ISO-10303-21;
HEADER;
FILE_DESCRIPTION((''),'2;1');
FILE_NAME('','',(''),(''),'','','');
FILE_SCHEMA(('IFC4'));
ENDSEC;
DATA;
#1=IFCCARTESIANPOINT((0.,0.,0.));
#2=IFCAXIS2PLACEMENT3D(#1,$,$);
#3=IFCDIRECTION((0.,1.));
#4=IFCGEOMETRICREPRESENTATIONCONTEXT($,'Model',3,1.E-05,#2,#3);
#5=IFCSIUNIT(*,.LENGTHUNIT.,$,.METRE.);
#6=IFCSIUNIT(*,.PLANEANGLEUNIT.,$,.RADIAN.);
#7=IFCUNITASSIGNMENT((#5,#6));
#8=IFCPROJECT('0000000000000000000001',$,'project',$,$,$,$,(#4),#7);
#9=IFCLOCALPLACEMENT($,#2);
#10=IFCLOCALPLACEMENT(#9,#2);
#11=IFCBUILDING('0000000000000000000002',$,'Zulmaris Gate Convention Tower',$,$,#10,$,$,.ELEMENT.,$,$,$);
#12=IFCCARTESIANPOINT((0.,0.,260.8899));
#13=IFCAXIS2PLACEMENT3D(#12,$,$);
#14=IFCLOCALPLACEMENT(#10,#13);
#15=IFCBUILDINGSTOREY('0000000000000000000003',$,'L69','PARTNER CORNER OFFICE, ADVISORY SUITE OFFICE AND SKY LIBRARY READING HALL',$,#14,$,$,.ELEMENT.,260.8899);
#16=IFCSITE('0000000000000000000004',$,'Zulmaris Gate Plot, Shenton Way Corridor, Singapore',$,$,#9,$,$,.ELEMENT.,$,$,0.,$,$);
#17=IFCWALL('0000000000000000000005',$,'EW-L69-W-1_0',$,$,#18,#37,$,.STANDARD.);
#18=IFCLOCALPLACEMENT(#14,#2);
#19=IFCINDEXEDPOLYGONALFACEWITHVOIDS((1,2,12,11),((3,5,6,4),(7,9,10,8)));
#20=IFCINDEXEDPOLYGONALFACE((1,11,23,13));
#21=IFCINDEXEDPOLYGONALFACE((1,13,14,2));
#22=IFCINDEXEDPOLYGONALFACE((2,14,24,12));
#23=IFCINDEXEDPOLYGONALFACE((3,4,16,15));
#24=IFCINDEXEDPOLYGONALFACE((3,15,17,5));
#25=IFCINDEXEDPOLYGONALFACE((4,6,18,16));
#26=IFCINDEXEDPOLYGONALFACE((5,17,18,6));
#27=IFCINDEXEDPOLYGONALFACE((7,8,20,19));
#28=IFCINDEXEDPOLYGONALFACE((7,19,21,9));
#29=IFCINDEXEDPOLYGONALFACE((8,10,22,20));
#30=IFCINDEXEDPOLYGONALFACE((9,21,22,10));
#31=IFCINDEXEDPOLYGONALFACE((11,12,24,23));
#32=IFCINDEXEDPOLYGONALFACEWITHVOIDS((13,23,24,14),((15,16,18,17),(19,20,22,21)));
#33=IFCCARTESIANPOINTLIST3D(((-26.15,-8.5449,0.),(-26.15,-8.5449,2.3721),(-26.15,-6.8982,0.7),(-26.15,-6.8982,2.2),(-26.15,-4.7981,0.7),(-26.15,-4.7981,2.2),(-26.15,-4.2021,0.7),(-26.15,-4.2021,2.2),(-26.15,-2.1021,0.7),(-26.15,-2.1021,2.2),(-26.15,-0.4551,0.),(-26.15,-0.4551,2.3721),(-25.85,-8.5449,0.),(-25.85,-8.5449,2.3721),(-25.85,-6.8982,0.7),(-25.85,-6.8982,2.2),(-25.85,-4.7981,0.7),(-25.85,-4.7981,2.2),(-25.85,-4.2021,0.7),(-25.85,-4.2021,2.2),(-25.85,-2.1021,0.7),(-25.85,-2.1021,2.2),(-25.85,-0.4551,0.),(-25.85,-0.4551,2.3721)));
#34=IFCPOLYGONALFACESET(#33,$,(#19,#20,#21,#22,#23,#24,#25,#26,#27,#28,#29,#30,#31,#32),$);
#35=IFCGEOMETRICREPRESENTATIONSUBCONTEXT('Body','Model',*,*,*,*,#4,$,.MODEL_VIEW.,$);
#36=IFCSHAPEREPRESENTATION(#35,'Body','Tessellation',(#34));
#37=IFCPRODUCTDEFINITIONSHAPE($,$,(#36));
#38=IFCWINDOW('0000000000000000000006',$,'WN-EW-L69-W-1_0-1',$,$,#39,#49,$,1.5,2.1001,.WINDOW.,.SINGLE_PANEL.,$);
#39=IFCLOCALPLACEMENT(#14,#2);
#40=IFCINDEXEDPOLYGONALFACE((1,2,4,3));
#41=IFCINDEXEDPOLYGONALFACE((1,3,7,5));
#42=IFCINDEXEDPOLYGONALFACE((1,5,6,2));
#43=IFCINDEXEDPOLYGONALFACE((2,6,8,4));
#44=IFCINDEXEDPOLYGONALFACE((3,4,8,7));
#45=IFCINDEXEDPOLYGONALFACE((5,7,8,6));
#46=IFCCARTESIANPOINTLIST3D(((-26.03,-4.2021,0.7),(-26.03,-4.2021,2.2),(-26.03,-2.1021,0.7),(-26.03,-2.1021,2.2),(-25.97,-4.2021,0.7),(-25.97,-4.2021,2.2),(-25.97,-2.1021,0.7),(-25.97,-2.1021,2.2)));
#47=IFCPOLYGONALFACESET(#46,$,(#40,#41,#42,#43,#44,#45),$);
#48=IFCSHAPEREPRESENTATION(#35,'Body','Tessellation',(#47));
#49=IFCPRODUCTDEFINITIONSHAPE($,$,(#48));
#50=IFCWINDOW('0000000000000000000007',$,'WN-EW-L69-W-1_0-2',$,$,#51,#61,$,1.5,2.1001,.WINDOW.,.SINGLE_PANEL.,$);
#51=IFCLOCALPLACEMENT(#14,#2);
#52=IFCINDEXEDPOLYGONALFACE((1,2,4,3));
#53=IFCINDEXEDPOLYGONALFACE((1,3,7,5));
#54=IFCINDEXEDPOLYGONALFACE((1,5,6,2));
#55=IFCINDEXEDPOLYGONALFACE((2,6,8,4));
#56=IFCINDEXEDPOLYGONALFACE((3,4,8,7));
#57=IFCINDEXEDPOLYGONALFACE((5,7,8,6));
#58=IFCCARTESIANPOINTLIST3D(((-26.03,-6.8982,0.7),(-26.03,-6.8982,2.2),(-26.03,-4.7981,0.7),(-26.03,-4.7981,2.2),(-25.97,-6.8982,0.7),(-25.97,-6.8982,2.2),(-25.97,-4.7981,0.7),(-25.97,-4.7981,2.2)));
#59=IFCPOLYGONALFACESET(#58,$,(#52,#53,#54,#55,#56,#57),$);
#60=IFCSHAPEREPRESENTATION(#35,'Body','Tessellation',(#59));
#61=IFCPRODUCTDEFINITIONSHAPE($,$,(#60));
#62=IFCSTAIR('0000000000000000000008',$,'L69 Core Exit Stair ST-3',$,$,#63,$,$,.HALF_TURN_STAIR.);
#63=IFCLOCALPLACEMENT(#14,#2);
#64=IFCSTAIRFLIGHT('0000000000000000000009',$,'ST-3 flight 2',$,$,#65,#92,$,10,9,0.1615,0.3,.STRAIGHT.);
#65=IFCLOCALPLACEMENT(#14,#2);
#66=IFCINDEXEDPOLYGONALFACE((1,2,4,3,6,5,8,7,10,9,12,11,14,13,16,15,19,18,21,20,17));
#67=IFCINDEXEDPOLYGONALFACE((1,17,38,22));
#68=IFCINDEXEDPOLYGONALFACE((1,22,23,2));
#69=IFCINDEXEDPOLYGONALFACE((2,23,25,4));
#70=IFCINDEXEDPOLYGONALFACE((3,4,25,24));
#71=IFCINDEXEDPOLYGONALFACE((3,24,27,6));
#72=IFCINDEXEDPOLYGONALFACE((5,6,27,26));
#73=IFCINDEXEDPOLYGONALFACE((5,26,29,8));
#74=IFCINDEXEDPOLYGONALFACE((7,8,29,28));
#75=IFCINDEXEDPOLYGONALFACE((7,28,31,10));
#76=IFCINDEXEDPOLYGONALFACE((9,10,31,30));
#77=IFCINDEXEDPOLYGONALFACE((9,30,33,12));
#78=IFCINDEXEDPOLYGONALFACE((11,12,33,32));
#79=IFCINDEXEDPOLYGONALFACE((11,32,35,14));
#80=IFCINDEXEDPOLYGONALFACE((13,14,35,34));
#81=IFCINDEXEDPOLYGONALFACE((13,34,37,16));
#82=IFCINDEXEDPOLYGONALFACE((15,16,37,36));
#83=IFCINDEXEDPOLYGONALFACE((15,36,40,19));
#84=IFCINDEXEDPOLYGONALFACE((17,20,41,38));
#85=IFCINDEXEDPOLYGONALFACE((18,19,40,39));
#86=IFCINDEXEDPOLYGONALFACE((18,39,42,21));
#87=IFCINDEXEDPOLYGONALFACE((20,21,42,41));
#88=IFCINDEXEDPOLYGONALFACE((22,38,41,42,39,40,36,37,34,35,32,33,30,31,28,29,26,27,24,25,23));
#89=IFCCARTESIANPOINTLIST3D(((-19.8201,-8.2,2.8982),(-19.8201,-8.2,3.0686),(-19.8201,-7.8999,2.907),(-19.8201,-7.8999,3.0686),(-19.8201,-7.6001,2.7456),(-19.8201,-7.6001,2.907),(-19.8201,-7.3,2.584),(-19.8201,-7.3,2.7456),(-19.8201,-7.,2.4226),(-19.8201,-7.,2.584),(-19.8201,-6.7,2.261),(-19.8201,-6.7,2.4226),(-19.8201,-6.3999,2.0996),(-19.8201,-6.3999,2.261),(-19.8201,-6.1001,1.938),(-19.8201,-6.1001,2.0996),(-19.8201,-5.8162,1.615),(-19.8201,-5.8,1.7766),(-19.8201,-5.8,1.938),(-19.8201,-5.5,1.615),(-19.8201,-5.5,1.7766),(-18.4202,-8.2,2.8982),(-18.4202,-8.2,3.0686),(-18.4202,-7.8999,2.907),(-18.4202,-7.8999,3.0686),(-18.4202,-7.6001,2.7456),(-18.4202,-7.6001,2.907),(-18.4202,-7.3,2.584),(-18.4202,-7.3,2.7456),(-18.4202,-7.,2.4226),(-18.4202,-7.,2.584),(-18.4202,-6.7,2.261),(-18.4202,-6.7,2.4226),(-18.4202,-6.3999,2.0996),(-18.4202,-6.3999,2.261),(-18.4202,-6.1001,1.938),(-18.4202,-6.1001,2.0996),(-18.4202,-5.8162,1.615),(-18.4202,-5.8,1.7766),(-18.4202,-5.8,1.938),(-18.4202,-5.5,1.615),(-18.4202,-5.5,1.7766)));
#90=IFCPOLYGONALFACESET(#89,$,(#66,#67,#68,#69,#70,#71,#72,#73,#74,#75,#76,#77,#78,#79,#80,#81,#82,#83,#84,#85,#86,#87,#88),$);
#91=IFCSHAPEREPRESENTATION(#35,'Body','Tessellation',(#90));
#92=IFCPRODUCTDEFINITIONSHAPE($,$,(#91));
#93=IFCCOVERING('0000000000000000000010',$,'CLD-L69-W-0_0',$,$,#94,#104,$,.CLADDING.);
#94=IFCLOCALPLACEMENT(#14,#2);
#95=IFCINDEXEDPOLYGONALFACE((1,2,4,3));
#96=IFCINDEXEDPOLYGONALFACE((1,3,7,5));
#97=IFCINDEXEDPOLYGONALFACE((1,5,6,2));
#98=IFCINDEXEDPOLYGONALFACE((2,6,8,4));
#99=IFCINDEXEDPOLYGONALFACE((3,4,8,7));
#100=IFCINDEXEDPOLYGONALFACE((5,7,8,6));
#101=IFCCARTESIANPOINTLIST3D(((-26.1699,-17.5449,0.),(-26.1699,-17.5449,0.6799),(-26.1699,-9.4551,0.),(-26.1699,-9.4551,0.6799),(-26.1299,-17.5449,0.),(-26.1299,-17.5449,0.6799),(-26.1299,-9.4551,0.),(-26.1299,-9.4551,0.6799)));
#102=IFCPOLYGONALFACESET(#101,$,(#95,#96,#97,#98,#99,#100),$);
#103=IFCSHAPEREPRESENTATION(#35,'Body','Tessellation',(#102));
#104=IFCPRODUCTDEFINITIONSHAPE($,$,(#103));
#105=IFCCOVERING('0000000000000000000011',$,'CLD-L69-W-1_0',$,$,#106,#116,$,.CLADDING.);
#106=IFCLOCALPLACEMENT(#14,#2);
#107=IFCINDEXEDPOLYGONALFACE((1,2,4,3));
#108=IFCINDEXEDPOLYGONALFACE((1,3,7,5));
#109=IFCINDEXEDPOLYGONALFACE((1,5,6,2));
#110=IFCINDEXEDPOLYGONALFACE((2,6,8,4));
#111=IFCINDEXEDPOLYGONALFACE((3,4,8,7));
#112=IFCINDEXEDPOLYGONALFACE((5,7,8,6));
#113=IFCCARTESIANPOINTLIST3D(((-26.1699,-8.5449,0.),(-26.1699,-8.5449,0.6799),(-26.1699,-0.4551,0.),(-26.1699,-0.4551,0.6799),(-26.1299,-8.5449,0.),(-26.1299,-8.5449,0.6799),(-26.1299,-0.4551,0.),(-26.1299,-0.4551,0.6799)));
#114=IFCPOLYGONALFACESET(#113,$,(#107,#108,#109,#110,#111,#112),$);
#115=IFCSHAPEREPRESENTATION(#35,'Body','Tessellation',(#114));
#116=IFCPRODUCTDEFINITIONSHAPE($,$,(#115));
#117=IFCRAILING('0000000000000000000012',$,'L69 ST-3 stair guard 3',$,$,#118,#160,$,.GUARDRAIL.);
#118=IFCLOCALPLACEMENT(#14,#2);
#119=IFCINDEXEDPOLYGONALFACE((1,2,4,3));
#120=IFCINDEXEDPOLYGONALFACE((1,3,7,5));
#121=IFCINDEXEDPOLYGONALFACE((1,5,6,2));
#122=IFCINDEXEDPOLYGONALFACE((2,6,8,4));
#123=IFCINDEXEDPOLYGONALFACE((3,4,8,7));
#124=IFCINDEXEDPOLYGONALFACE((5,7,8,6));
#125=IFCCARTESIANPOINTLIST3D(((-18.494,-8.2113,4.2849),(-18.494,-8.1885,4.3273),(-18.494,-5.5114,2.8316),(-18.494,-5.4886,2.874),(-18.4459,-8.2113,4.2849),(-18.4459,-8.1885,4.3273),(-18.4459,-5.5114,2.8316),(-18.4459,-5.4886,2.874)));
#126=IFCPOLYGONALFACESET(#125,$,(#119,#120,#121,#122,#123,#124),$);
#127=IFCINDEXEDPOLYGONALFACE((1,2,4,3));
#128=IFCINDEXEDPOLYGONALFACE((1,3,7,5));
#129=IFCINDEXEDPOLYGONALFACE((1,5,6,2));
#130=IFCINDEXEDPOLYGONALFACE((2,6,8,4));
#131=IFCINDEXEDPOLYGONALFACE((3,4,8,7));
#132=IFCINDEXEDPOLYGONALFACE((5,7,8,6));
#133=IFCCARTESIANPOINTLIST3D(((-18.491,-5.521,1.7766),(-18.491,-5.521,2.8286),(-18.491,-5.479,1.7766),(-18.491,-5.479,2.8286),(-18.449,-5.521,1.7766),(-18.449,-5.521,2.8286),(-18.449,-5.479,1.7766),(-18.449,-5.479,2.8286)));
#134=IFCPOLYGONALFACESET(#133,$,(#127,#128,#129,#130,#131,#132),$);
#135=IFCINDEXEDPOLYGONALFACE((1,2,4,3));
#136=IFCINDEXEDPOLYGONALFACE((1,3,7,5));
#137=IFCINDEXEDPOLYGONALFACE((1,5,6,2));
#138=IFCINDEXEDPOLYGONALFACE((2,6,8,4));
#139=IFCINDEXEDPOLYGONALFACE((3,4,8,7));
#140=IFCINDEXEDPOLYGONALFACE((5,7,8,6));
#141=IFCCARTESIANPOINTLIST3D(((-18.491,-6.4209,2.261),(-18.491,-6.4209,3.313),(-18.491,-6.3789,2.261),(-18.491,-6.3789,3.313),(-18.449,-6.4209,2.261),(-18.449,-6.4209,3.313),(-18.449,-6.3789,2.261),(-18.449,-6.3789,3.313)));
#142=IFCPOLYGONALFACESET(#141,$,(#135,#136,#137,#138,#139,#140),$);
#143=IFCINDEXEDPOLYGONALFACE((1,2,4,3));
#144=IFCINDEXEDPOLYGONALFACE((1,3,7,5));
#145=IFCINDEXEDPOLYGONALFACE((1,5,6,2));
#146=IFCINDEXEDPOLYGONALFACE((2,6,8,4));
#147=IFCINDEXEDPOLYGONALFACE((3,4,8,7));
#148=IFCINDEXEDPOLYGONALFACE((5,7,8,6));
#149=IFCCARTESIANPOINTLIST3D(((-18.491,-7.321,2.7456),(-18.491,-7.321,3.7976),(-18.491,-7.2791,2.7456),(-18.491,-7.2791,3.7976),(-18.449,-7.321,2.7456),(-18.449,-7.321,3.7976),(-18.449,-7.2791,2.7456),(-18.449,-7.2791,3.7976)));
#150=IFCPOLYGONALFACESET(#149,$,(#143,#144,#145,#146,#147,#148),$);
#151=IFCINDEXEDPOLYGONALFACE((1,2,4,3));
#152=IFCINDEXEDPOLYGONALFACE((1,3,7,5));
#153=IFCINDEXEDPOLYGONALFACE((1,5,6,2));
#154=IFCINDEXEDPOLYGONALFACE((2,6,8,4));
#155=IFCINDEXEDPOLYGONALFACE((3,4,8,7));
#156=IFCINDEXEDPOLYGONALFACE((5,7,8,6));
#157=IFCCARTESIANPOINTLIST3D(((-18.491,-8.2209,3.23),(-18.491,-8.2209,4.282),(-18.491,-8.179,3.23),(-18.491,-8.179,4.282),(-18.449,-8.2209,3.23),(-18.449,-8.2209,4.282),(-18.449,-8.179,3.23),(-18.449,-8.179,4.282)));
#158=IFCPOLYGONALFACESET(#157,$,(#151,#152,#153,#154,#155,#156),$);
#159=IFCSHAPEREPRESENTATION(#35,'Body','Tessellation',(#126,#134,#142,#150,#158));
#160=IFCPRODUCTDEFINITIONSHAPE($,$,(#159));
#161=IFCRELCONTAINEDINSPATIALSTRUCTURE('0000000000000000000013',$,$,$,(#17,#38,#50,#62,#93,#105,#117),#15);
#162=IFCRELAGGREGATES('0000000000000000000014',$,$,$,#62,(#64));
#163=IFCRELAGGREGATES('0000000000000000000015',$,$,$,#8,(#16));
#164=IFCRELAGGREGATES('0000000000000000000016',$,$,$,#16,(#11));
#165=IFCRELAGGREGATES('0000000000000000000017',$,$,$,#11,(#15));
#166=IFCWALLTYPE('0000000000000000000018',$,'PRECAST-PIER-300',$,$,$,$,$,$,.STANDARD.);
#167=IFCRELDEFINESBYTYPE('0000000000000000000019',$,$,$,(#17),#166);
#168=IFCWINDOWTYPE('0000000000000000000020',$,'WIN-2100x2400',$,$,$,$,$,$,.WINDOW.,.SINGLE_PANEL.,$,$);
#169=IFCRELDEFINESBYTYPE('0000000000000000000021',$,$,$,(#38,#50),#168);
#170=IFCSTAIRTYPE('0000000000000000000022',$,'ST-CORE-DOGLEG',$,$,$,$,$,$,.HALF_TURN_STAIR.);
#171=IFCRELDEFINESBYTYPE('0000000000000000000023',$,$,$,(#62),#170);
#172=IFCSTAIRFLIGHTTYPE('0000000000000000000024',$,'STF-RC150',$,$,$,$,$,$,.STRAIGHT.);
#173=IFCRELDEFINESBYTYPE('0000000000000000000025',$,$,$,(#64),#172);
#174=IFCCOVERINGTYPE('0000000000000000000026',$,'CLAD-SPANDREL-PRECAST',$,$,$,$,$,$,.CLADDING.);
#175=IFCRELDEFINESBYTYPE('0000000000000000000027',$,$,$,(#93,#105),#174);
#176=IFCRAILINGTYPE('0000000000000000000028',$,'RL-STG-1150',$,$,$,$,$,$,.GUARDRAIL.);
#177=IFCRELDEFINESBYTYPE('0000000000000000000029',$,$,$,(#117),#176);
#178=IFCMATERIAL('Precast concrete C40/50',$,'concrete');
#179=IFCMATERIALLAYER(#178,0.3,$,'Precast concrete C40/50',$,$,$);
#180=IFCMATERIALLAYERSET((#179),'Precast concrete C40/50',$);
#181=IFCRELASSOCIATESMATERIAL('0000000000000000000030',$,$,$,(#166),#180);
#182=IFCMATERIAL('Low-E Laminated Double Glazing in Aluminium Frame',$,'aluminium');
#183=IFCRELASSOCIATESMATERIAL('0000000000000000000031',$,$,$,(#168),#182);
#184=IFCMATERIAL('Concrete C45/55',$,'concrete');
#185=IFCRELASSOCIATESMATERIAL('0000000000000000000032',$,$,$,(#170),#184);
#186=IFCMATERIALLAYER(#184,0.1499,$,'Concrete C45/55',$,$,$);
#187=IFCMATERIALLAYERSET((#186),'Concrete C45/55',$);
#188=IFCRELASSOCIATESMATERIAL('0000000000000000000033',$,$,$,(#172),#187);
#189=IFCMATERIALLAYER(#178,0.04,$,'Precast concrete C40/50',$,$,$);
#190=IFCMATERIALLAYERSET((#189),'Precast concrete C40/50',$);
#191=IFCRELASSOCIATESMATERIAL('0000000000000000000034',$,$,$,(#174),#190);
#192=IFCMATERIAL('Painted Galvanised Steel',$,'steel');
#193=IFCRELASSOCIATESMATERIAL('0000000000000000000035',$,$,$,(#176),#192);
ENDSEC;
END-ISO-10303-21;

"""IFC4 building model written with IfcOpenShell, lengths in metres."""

from ifc_helpers import new_model, si_unit, direction, frame, frame_2d, origin, origin_2d, place, context, subcontext, project, spatial, polyline, rectangle, outline, extrude, material, layer, layer_set, type_object, element, fill, aggregate, save


model = new_model("IFC4")

# Units and contexts
model_context = context("Model", 3, precision=1e-05, world=origin(), true_north=direction((0.0, 1.0)))
body_context = subcontext(model_context, "Body", "Model", "MODEL_VIEW")
ifc_project = project(units=[si_unit("LENGTHUNIT", "METRE"), si_unit("PLANEANGLEUNIT", "RADIAN")], contexts=[model_context])

# Site, building, storey
site_placement = place(None, origin())
site = spatial("IfcSite", under=ifc_project, at=site_placement, Name="Zulmaris Gate Plot, Shenton Way Corridor, Singapore", CompositionType="ELEMENT", RefElevation=0.0)
building_placement = place(site_placement, origin())
building = spatial("IfcBuilding", under=site, at=building_placement, Name="Zulmaris Gate Convention Tower", CompositionType="ELEMENT")
storey_placement = place(building_placement, frame((0.0, 0.0, 260.8899)))
storey = spatial("IfcBuildingStorey", under=building, at=storey_placement, Name="L69", Description="PARTNER CORNER OFFICE, ADVISORY SUITE OFFICE AND SKY LIBRARY READING HALL", CompositionType="ELEMENT", Elevation=260.8899)

# Shared definitions
ifc_material_1 = material(Name="Precast concrete C40/50", Category="concrete")
ifc_layer_1 = layer(ifc_material_1, 0.3, Name="Precast concrete C40/50")
ifc_layer_set_1 = layer_set([ifc_layer_1], Name="Precast concrete C40/50")
wall_type_1 = type_object("IfcWallType", Name="PRECAST-PIER-300", PredefinedType="STANDARD", material=ifc_layer_set_1)

# Wall, openings, windows
wall_1_placement = place(storey_placement, frame((-26.0, -0.4551, 0.0), z_axis=(0.0, 0.0, 1.0), x_axis=(0.0, -1.0, 0.0)))
wall_1 = element("IfcWall", 1, at=wall_1_placement, inside=storey, type_object=wall_type_1, Name="EW-L69-W-1_0", PredefinedType="STANDARD", context=body_context, shape_type="SweptSolid", body=[
    extrude(rectangle(XDim=8.0898, YDim=0.3, at=frame_2d((4.0449, 0.0))), origin(), (0.0, 0.0, 1.0), 2.3721),
])
opening_1_placement = place(wall_1_placement, frame((1.647, 0.0, 0.7)))
opening_1 = element("IfcOpeningElement", 2, at=opening_1_placement, cuts=wall_1, PredefinedType="OPENING", context=body_context, shape_type="SweptSolid", body=[
    extrude(rectangle(XDim=2.1001, YDim=1.5, at=frame_2d((1.05, 0.75))), frame((0.0, 0.1602, 0.0), z_axis=(0.0, -1.0, 0.0), x_axis=(1.0, 0.0, 0.0)), (0.0, 0.0, 1.0), 0.3201),
])
opening_2_placement = place(wall_1_placement, frame((4.343, 0.0, 0.7)))
opening_2 = element("IfcOpeningElement", 3, at=opening_2_placement, cuts=wall_1, PredefinedType="OPENING", context=body_context, shape_type="SweptSolid", body=[
    extrude(rectangle(XDim=2.1001, YDim=1.5, at=frame_2d((1.05, 0.75))), frame((0.0, 0.1602, 0.0), z_axis=(0.0, -1.0, 0.0), x_axis=(1.0, 0.0, 0.0)), (0.0, 0.0, 1.0), 0.3201),
])
ifc_material_2 = material(Name="Low-E Laminated Double Glazing in Aluminium Frame", Category="aluminium")
window_type = type_object("IfcWindowType", Name="WIN-2100x2400", PartitioningType="SINGLE_PANEL", PredefinedType="WINDOW", material=ifc_material_2)
window_1_placement = place(opening_1_placement, origin())
window_1 = element("IfcWindow", 4, at=window_1_placement, inside=storey, type_object=window_type, Name="WN-EW-L69-W-1_0-1", OverallHeight=1.5, OverallWidth=2.1001, PartitioningType="SINGLE_PANEL", PredefinedType="WINDOW", context=body_context, shape_type="SweptSolid", body=[
    extrude(rectangle(XDim=2.1001, YDim=1.5, at=frame_2d((1.05, 0.75))), frame((0.0, 0.03, 0.0), z_axis=(0.0, -1.0, 0.0), x_axis=(1.0, 0.0, 0.0)), (0.0, 0.0, 1.0), 0.0601),
])
fill(opening_1, window_1)
window_2_placement = place(opening_2_placement, origin())
window_2 = element("IfcWindow", 5, at=window_2_placement, inside=storey, type_object=window_type, Name="WN-EW-L69-W-1_0-2", OverallHeight=1.5, OverallWidth=2.1001, PartitioningType="SINGLE_PANEL", PredefinedType="WINDOW", context=body_context, shape_type="SweptSolid", body=[
    extrude(rectangle(XDim=2.1001, YDim=1.5, at=frame_2d((1.05, 0.75))), frame((0.0, 0.03, 0.0), z_axis=(0.0, -1.0, 0.0), x_axis=(1.0, 0.0, 0.0)), (0.0, 0.0, 1.0), 0.0601),
])
fill(opening_2, window_2)

# Stair, stair flight
ifc_material_3 = material(Name="Concrete C45/55", Category="concrete")
stair_type = type_object("IfcStairType", Name="ST-CORE-DOGLEG", PredefinedType="HALF_TURN_STAIR", material=ifc_material_3)
stair_placement = place(storey_placement, origin())
stair = element("IfcStair", 6, at=stair_placement, inside=storey, type_object=stair_type, Name="L69 Core Exit Stair ST-3", PredefinedType="HALF_TURN_STAIR")
ifc_layer_2 = layer(ifc_material_3, 0.1499, Name="Concrete C45/55")
ifc_layer_set_2 = layer_set([ifc_layer_2], Name="Concrete C45/55")
stair_flight_type = type_object("IfcStairFlightType", Name="STF-RC150", PredefinedType="STRAIGHT", material=ifc_layer_set_2)
stair_flight_placement = place(storey_placement, frame((-19.1201, -5.5, 1.615), z_axis=(0.0, 0.0, 1.0), x_axis=(0.0, -1.0, 0.0)))
stair_flight = element("IfcStairFlight", 7, at=stair_flight_placement, type_object=stair_flight_type, Name="ST-3 flight 2", NumberOfRisers=10, NumberOfTreads=9, PredefinedType="STRAIGHT", RiserHeight=0.1615, TreadLength=0.3, context=body_context, shape_type="SweptSolid", body=[
    extrude(outline(polyline([(0.0, 0.0), (0.0, 0.1616), (0.3, 0.1616), (0.3, 0.323), (0.6001, 0.323), (0.6001, 0.4846), (0.8999, 0.4846), (0.8999, 0.646), (1.2, 0.646), (1.2, 0.8076), (1.5, 0.8076), (1.5, 0.969), (1.8, 0.969), (1.8, 1.1306), (2.1001, 1.1306), (2.1001, 1.292), (2.3999, 1.292), (2.3999, 1.4536), (2.7, 1.4536), (2.7, 1.615), (2.7, 1.2832), (0.3162, 0.0), (0.0, 0.0)])), frame((0.0, 0.7, 0.0), z_axis=(0.0, -1.0, 0.0), x_axis=(1.0, 0.0, 0.0)), (0.0, 0.0, 1.0), 1.3999),
])
aggregate(stair, [stair_flight])

# Coverings
ifc_layer_3 = layer(ifc_material_1, 0.04, Name="Precast concrete C40/50")
ifc_layer_set_3 = layer_set([ifc_layer_3], Name="Precast concrete C40/50")
covering_type = type_object("IfcCoveringType", Name="CLAD-SPANDREL-PRECAST", PredefinedType="CLADDING", material=ifc_layer_set_3)
for number, where, z_axis, x_axis, name in (
    (8, (-26.1499, -9.4551, 0.0), (0.0, 0.0, 1.0), (0.0, -1.0, 0.0), "CLD-L69-W-0_0"),
    (9, (-26.1499, -0.4551, 0.0), (0.0, 0.0, 1.0), (0.0, -1.0, 0.0), "CLD-L69-W-1_0"),
):
    element("IfcCovering", number, at=place(storey_placement, frame(where, z_axis=z_axis, x_axis=x_axis)), inside=storey, type_object=covering_type, Name=name, PredefinedType="CLADDING", context=body_context, shape_type="SweptSolid", body=[
        extrude(rectangle(XDim=8.0898, YDim=0.04, at=frame_2d((4.0449, 0.0))), origin(), (0.0, 0.0, 1.0), 0.6799),
    ])

# Railing
ifc_material_4 = material(Name="Painted Galvanised Steel", Category="steel")
railing_type_1 = type_object("IfcRailingType", Name="RL-STG-1150", PredefinedType="GUARDRAIL", material=ifc_material_4)
railing_1_placement = place(storey_placement, frame((-18.47, -5.5, 1.7766)))
element("IfcRailing", 10, at=railing_1_placement, inside=storey, type_object=railing_type_1, Name="L69 ST-3 stair guard 3", PredefinedType="GUARDRAIL", context=body_context, shape_type="SweptSolid", body=[
    extrude(rectangle(XDim=0.0481, YDim=0.0481, at=origin_2d()), frame((0.0, 0.0, 1.0762), z_axis=(0.0, -0.880532, 0.473986), x_axis=(1.0, 0.0, 0.0)), (0.0, 0.0, 1.0), 3.0662),
    extrude(rectangle(XDim=0.042, YDim=0.042, at=origin_2d()), origin(), (0.0, 0.0, 1.0), 1.052),
    extrude(rectangle(XDim=0.042, YDim=0.042, at=origin_2d()), frame((0.0, -0.8999, 0.4844)), (0.0, 0.0, 1.0), 1.052),
    extrude(rectangle(XDim=0.042, YDim=0.042, at=origin_2d()), frame((0.0, -1.8, 0.969)), (0.0, 0.0, 1.0), 1.052),
    extrude(rectangle(XDim=0.042, YDim=0.042, at=origin_2d()), frame((0.0, -2.7, 1.4534)), (0.0, 0.0, 1.0), 1.052),
])

save(model, "model.ifc")
